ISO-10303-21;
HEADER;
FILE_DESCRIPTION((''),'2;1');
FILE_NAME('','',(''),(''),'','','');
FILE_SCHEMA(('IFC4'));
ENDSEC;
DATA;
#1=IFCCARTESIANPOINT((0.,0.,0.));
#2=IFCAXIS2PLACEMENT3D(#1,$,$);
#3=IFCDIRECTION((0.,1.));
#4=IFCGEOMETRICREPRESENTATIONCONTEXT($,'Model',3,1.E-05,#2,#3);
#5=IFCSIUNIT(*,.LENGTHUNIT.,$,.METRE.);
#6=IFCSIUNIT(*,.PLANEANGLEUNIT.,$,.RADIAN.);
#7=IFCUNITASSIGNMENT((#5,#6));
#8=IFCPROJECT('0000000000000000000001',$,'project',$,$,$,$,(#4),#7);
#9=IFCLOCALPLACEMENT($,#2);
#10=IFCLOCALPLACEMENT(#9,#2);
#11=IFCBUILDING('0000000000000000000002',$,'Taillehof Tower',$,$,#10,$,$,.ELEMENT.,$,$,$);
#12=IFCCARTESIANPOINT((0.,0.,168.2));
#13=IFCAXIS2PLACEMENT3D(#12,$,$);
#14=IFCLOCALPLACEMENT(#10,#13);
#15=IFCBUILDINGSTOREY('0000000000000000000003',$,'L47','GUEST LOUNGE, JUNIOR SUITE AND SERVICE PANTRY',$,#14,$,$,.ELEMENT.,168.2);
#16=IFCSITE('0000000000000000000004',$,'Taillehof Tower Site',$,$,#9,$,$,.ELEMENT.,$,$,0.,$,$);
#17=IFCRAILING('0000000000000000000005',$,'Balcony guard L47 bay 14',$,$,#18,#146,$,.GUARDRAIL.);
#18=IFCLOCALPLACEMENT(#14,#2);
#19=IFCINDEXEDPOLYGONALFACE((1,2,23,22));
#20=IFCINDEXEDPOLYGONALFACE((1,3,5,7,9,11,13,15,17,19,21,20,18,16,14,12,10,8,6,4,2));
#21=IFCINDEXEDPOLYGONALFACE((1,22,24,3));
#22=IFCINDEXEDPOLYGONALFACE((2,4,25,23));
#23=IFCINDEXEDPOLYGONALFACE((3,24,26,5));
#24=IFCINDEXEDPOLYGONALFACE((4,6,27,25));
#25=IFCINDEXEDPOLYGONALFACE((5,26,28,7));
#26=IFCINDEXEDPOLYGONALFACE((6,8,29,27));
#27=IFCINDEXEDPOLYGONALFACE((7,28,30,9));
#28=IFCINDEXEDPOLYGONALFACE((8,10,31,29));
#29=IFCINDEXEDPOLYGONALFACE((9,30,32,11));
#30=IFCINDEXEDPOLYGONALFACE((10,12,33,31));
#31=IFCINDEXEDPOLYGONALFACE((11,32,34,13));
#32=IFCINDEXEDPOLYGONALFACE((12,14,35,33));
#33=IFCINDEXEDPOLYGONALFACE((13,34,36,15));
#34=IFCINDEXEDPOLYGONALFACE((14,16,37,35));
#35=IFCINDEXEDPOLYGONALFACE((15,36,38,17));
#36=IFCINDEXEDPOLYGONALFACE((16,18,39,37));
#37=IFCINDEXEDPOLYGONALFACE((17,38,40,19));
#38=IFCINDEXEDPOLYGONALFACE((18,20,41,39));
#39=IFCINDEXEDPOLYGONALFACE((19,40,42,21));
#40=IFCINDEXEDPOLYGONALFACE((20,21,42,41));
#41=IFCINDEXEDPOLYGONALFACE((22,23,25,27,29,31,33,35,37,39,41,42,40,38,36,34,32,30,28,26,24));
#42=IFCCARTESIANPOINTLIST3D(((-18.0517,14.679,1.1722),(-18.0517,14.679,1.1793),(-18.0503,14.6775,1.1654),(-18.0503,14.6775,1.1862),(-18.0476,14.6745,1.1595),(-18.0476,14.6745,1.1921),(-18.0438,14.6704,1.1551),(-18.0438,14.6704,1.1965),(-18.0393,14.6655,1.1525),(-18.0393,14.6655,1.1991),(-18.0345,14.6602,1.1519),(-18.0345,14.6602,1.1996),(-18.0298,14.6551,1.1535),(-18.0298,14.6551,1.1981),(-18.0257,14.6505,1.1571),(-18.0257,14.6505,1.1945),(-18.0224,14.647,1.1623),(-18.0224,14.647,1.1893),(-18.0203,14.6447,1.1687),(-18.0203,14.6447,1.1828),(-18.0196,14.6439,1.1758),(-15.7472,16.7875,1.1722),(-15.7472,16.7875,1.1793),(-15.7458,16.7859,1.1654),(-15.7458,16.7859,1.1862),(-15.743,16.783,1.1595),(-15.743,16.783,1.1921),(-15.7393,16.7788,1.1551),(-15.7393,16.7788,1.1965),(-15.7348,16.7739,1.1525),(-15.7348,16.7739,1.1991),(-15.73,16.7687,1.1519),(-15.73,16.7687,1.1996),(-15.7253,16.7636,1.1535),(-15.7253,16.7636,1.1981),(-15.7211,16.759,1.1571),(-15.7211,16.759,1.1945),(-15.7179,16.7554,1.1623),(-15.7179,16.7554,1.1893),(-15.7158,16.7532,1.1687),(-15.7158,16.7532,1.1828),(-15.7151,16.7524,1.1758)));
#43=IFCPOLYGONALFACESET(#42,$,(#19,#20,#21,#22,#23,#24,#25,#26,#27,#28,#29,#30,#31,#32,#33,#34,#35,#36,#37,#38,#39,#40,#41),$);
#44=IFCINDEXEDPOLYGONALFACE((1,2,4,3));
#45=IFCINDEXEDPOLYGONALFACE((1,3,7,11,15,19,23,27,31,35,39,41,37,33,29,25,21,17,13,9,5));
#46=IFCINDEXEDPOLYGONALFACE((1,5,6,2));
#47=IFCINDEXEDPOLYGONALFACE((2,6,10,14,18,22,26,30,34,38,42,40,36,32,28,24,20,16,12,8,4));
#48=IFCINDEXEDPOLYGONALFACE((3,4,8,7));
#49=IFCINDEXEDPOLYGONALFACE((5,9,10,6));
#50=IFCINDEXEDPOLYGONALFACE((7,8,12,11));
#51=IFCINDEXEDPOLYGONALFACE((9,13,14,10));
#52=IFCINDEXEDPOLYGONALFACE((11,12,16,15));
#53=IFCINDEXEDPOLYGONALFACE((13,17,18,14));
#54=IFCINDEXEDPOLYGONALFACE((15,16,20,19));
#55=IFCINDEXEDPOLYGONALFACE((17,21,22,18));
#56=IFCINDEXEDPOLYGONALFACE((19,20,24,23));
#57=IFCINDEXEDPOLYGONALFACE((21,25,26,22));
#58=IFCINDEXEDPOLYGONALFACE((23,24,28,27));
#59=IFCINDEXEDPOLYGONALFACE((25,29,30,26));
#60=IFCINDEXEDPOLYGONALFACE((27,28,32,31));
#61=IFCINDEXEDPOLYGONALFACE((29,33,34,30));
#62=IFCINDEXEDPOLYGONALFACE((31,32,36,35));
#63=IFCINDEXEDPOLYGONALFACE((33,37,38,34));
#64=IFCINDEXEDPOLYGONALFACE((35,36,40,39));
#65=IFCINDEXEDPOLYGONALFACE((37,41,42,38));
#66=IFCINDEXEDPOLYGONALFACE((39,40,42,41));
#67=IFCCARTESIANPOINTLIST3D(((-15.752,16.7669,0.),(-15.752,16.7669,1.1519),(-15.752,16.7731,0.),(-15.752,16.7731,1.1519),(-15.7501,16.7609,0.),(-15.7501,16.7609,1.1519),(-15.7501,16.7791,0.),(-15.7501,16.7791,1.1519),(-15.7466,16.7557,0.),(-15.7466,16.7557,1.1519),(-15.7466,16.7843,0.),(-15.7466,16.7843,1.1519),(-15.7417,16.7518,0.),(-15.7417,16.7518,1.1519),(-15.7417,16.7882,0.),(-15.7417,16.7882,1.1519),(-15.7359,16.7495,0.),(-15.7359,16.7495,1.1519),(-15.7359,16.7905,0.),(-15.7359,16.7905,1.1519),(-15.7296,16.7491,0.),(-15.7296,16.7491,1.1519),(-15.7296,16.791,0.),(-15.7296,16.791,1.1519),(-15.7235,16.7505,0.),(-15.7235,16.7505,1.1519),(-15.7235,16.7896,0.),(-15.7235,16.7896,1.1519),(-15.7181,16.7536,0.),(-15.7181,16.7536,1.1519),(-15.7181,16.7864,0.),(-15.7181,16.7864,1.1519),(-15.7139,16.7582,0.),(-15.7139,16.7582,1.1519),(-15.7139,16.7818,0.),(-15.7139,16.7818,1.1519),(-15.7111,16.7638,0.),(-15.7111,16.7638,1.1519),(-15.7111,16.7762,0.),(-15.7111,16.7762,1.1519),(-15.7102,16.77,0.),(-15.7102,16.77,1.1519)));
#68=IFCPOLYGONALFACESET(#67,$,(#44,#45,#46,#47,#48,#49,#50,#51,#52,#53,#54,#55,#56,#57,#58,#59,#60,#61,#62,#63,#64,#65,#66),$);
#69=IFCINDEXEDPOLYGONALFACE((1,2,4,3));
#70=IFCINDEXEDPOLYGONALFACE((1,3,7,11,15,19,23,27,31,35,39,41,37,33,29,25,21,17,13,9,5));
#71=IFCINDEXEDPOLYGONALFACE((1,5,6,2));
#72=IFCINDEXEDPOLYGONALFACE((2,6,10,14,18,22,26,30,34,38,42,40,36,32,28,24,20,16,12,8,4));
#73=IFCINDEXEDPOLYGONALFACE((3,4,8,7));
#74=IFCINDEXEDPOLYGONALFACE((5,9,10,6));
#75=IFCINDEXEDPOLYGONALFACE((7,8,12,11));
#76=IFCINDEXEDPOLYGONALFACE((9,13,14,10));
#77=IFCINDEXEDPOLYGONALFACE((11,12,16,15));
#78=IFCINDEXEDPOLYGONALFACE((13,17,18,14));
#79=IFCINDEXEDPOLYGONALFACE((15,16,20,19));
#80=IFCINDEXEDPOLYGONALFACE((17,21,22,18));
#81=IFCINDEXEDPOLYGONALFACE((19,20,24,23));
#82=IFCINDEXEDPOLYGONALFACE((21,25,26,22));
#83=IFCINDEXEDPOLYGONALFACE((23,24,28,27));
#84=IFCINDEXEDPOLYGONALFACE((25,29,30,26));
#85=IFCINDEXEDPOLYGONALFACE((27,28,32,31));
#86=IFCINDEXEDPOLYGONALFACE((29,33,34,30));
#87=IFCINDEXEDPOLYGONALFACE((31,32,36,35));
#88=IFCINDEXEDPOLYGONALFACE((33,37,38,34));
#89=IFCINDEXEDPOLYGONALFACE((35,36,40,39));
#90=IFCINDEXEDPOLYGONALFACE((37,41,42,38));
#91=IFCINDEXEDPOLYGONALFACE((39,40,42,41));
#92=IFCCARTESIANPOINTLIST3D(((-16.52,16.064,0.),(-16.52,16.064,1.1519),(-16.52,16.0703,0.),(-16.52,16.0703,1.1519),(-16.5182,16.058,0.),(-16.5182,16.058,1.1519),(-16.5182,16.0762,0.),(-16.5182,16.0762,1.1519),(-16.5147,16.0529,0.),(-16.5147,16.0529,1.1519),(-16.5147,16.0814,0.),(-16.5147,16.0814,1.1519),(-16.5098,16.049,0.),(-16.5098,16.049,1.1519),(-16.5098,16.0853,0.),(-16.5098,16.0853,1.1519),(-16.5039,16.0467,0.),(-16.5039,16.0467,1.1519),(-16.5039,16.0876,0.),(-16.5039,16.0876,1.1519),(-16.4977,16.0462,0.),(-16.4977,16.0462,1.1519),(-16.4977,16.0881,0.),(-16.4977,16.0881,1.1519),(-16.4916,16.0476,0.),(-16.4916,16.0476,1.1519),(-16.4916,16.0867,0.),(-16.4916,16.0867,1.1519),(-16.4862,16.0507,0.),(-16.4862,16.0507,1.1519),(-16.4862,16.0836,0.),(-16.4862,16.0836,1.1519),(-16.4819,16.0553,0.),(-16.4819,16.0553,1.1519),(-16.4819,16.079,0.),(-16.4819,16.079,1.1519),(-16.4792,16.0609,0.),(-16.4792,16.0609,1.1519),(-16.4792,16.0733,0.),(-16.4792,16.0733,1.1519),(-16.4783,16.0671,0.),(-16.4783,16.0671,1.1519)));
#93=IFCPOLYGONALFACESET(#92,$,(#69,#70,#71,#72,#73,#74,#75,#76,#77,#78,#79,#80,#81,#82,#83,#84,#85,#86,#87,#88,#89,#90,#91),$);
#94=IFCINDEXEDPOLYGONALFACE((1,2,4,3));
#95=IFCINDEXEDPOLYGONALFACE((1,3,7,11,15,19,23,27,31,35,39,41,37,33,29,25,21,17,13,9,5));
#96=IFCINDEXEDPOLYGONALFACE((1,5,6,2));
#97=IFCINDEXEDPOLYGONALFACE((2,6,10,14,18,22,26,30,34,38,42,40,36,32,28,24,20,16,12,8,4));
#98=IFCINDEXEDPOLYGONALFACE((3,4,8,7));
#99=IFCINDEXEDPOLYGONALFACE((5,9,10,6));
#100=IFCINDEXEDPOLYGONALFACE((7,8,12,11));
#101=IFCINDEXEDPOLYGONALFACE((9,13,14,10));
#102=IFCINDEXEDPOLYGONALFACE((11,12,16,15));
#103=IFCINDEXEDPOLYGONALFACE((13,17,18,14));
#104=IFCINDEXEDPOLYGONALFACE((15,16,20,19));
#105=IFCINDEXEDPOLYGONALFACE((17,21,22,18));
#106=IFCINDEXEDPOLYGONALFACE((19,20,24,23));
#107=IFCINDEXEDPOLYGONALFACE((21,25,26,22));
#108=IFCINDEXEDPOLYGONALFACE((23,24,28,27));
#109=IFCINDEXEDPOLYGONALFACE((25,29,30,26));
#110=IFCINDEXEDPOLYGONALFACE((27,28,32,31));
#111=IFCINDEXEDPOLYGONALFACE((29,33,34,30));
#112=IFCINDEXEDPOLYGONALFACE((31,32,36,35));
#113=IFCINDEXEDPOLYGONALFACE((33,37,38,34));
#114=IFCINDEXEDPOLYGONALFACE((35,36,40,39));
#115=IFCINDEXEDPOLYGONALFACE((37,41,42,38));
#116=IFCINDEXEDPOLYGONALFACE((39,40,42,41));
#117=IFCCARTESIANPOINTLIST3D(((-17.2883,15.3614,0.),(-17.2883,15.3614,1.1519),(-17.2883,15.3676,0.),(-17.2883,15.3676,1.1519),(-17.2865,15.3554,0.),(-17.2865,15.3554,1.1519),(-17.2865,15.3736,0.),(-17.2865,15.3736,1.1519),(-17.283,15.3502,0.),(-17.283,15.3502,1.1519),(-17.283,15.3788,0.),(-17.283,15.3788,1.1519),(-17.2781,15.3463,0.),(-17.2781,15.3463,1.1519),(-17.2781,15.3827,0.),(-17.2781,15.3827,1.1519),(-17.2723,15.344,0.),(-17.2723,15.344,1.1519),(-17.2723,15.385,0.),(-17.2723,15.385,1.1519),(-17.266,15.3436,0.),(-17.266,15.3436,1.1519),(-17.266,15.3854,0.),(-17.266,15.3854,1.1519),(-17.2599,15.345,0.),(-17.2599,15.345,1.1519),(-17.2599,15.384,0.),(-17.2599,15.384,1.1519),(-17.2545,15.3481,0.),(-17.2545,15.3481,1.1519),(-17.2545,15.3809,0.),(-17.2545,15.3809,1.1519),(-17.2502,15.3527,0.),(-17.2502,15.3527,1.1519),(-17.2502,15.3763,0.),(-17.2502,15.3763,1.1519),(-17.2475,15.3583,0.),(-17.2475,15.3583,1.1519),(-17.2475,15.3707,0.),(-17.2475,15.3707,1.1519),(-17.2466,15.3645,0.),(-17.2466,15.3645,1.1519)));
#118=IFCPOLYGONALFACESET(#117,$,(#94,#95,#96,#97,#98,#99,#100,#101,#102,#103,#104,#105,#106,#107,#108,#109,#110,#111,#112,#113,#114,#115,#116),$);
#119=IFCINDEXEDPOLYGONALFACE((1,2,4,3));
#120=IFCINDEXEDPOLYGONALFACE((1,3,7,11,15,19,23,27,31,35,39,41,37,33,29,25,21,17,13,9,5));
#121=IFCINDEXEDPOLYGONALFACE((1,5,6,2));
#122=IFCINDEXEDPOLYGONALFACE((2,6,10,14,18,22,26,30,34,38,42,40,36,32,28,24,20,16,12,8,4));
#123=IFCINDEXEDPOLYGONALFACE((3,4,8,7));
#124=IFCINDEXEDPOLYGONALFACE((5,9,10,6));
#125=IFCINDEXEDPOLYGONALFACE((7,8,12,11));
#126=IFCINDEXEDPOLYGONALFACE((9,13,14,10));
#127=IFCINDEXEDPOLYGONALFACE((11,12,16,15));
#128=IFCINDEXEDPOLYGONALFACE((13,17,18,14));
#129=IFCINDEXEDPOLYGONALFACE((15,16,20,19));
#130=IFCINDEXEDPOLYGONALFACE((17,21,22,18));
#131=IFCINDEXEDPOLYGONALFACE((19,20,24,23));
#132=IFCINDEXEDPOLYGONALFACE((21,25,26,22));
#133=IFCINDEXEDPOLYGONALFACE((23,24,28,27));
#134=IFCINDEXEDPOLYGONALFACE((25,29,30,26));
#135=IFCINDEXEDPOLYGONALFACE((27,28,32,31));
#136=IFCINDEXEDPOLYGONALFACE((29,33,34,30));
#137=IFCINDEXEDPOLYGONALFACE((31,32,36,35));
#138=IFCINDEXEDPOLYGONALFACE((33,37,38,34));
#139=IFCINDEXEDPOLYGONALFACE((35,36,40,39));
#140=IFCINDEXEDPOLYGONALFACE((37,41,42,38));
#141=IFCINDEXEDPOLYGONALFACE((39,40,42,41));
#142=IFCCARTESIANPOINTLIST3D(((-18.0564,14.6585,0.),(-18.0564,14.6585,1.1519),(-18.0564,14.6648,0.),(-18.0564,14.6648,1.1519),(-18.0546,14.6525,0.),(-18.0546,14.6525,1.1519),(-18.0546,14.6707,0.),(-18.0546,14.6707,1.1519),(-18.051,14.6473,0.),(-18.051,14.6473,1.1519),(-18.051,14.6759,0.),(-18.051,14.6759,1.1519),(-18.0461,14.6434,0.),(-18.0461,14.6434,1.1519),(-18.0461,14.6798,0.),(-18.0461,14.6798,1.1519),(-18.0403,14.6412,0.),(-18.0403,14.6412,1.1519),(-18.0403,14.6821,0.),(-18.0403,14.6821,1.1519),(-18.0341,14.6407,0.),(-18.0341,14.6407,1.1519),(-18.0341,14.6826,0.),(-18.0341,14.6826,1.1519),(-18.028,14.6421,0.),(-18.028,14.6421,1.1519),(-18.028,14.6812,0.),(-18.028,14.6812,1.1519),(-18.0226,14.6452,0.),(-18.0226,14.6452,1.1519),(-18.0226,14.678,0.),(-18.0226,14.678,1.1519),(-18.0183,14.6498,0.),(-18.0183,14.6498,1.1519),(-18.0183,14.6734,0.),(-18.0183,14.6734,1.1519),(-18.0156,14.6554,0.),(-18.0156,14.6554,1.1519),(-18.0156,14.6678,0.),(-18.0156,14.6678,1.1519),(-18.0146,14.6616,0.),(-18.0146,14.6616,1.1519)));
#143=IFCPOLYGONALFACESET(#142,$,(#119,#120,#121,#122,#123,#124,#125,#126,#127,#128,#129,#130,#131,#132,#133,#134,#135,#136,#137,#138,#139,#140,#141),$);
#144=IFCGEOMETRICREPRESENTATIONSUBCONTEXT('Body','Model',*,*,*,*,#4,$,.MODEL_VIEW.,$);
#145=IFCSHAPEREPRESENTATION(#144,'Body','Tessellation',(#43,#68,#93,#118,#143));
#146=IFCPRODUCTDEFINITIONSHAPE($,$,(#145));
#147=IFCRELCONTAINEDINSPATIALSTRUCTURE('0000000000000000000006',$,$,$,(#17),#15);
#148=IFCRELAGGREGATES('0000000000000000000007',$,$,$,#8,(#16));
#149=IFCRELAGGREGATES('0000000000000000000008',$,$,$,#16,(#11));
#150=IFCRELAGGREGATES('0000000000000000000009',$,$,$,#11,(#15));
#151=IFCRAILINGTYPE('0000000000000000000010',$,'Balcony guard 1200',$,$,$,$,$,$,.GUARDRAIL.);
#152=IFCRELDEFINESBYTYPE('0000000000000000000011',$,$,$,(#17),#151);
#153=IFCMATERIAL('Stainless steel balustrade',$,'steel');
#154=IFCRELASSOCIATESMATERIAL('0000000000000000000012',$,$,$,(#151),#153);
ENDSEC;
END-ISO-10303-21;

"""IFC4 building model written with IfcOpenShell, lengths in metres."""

from ifc_helpers import new_model, si_unit, direction, frame, origin, origin_2d, place, context, subcontext, project, spatial, circle, extrude, material, type_object, element, save


model = new_model("IFC4")

# Units and contexts
model_context = context("Model", 3, precision=1e-05, world=origin(), true_north=direction((0.0, 1.0)))
body_context = subcontext(model_context, "Body", "Model", "MODEL_VIEW")
ifc_project = project(units=[si_unit("LENGTHUNIT", "METRE"), si_unit("PLANEANGLEUNIT", "RADIAN")], contexts=[model_context])

# Site, building, storey
site_placement = place(None, origin())
site = spatial("IfcSite", under=ifc_project, at=site_placement, Name="Taillehof Tower Site", CompositionType="ELEMENT", RefElevation=0.0)
building_placement = place(site_placement, origin())
building = spatial("IfcBuilding", under=site, at=building_placement, Name="Taillehof Tower", CompositionType="ELEMENT")
storey_placement = place(building_placement, frame((0.0, 0.0, 168.2)))
storey = spatial("IfcBuildingStorey", under=building, at=storey_placement, Name="L47", Description="GUEST LOUNGE, JUNIOR SUITE AND SERVICE PANTRY", CompositionType="ELEMENT", Elevation=168.2)

# Railing
ifc_material_1 = material(Name="Stainless steel balustrade", Category="steel")
railing_type = type_object("IfcRailingType", Name="Balcony guard 1200", PredefinedType="GUARDRAIL", material=ifc_material_1)
railing_1_placement = place(storey_placement, frame((-15.7312, 16.77, 0.0)))
element("IfcRailing", 1, at=railing_1_placement, inside=storey, type_object=railing_type, Name="Balcony guard L47 bay 14", PredefinedType="GUARDRAIL", context=body_context, shape_type="SweptSolid", body=[
    extrude(circle(Radius=0.0239, at=origin_2d()), frame((0.0, 0.0, 1.1758), z_axis=(-0.737793, -0.675027, 0.0), x_axis=(0.675027, -0.737793, 0.0)), (0.0, 0.0, 1.0), 3.1235),
    extrude(circle(Radius=0.021, at=origin_2d()), origin(), (0.0, 0.0, 1.0), 1.1519),
    extrude(circle(Radius=0.021, at=origin_2d()), frame((-0.7681, -0.7029, 0.0)), (0.0, 0.0, 1.0), 1.1519),
    extrude(circle(Radius=0.021, at=origin_2d()), frame((-1.5364, -1.4055, 0.0)), (0.0, 0.0, 1.0), 1.1519),
    extrude(circle(Radius=0.021, at=origin_2d()), frame((-2.3044, -2.1084, 0.0)), (0.0, 0.0, 1.0), 1.1519),
])

save(model, "model.ifc")
